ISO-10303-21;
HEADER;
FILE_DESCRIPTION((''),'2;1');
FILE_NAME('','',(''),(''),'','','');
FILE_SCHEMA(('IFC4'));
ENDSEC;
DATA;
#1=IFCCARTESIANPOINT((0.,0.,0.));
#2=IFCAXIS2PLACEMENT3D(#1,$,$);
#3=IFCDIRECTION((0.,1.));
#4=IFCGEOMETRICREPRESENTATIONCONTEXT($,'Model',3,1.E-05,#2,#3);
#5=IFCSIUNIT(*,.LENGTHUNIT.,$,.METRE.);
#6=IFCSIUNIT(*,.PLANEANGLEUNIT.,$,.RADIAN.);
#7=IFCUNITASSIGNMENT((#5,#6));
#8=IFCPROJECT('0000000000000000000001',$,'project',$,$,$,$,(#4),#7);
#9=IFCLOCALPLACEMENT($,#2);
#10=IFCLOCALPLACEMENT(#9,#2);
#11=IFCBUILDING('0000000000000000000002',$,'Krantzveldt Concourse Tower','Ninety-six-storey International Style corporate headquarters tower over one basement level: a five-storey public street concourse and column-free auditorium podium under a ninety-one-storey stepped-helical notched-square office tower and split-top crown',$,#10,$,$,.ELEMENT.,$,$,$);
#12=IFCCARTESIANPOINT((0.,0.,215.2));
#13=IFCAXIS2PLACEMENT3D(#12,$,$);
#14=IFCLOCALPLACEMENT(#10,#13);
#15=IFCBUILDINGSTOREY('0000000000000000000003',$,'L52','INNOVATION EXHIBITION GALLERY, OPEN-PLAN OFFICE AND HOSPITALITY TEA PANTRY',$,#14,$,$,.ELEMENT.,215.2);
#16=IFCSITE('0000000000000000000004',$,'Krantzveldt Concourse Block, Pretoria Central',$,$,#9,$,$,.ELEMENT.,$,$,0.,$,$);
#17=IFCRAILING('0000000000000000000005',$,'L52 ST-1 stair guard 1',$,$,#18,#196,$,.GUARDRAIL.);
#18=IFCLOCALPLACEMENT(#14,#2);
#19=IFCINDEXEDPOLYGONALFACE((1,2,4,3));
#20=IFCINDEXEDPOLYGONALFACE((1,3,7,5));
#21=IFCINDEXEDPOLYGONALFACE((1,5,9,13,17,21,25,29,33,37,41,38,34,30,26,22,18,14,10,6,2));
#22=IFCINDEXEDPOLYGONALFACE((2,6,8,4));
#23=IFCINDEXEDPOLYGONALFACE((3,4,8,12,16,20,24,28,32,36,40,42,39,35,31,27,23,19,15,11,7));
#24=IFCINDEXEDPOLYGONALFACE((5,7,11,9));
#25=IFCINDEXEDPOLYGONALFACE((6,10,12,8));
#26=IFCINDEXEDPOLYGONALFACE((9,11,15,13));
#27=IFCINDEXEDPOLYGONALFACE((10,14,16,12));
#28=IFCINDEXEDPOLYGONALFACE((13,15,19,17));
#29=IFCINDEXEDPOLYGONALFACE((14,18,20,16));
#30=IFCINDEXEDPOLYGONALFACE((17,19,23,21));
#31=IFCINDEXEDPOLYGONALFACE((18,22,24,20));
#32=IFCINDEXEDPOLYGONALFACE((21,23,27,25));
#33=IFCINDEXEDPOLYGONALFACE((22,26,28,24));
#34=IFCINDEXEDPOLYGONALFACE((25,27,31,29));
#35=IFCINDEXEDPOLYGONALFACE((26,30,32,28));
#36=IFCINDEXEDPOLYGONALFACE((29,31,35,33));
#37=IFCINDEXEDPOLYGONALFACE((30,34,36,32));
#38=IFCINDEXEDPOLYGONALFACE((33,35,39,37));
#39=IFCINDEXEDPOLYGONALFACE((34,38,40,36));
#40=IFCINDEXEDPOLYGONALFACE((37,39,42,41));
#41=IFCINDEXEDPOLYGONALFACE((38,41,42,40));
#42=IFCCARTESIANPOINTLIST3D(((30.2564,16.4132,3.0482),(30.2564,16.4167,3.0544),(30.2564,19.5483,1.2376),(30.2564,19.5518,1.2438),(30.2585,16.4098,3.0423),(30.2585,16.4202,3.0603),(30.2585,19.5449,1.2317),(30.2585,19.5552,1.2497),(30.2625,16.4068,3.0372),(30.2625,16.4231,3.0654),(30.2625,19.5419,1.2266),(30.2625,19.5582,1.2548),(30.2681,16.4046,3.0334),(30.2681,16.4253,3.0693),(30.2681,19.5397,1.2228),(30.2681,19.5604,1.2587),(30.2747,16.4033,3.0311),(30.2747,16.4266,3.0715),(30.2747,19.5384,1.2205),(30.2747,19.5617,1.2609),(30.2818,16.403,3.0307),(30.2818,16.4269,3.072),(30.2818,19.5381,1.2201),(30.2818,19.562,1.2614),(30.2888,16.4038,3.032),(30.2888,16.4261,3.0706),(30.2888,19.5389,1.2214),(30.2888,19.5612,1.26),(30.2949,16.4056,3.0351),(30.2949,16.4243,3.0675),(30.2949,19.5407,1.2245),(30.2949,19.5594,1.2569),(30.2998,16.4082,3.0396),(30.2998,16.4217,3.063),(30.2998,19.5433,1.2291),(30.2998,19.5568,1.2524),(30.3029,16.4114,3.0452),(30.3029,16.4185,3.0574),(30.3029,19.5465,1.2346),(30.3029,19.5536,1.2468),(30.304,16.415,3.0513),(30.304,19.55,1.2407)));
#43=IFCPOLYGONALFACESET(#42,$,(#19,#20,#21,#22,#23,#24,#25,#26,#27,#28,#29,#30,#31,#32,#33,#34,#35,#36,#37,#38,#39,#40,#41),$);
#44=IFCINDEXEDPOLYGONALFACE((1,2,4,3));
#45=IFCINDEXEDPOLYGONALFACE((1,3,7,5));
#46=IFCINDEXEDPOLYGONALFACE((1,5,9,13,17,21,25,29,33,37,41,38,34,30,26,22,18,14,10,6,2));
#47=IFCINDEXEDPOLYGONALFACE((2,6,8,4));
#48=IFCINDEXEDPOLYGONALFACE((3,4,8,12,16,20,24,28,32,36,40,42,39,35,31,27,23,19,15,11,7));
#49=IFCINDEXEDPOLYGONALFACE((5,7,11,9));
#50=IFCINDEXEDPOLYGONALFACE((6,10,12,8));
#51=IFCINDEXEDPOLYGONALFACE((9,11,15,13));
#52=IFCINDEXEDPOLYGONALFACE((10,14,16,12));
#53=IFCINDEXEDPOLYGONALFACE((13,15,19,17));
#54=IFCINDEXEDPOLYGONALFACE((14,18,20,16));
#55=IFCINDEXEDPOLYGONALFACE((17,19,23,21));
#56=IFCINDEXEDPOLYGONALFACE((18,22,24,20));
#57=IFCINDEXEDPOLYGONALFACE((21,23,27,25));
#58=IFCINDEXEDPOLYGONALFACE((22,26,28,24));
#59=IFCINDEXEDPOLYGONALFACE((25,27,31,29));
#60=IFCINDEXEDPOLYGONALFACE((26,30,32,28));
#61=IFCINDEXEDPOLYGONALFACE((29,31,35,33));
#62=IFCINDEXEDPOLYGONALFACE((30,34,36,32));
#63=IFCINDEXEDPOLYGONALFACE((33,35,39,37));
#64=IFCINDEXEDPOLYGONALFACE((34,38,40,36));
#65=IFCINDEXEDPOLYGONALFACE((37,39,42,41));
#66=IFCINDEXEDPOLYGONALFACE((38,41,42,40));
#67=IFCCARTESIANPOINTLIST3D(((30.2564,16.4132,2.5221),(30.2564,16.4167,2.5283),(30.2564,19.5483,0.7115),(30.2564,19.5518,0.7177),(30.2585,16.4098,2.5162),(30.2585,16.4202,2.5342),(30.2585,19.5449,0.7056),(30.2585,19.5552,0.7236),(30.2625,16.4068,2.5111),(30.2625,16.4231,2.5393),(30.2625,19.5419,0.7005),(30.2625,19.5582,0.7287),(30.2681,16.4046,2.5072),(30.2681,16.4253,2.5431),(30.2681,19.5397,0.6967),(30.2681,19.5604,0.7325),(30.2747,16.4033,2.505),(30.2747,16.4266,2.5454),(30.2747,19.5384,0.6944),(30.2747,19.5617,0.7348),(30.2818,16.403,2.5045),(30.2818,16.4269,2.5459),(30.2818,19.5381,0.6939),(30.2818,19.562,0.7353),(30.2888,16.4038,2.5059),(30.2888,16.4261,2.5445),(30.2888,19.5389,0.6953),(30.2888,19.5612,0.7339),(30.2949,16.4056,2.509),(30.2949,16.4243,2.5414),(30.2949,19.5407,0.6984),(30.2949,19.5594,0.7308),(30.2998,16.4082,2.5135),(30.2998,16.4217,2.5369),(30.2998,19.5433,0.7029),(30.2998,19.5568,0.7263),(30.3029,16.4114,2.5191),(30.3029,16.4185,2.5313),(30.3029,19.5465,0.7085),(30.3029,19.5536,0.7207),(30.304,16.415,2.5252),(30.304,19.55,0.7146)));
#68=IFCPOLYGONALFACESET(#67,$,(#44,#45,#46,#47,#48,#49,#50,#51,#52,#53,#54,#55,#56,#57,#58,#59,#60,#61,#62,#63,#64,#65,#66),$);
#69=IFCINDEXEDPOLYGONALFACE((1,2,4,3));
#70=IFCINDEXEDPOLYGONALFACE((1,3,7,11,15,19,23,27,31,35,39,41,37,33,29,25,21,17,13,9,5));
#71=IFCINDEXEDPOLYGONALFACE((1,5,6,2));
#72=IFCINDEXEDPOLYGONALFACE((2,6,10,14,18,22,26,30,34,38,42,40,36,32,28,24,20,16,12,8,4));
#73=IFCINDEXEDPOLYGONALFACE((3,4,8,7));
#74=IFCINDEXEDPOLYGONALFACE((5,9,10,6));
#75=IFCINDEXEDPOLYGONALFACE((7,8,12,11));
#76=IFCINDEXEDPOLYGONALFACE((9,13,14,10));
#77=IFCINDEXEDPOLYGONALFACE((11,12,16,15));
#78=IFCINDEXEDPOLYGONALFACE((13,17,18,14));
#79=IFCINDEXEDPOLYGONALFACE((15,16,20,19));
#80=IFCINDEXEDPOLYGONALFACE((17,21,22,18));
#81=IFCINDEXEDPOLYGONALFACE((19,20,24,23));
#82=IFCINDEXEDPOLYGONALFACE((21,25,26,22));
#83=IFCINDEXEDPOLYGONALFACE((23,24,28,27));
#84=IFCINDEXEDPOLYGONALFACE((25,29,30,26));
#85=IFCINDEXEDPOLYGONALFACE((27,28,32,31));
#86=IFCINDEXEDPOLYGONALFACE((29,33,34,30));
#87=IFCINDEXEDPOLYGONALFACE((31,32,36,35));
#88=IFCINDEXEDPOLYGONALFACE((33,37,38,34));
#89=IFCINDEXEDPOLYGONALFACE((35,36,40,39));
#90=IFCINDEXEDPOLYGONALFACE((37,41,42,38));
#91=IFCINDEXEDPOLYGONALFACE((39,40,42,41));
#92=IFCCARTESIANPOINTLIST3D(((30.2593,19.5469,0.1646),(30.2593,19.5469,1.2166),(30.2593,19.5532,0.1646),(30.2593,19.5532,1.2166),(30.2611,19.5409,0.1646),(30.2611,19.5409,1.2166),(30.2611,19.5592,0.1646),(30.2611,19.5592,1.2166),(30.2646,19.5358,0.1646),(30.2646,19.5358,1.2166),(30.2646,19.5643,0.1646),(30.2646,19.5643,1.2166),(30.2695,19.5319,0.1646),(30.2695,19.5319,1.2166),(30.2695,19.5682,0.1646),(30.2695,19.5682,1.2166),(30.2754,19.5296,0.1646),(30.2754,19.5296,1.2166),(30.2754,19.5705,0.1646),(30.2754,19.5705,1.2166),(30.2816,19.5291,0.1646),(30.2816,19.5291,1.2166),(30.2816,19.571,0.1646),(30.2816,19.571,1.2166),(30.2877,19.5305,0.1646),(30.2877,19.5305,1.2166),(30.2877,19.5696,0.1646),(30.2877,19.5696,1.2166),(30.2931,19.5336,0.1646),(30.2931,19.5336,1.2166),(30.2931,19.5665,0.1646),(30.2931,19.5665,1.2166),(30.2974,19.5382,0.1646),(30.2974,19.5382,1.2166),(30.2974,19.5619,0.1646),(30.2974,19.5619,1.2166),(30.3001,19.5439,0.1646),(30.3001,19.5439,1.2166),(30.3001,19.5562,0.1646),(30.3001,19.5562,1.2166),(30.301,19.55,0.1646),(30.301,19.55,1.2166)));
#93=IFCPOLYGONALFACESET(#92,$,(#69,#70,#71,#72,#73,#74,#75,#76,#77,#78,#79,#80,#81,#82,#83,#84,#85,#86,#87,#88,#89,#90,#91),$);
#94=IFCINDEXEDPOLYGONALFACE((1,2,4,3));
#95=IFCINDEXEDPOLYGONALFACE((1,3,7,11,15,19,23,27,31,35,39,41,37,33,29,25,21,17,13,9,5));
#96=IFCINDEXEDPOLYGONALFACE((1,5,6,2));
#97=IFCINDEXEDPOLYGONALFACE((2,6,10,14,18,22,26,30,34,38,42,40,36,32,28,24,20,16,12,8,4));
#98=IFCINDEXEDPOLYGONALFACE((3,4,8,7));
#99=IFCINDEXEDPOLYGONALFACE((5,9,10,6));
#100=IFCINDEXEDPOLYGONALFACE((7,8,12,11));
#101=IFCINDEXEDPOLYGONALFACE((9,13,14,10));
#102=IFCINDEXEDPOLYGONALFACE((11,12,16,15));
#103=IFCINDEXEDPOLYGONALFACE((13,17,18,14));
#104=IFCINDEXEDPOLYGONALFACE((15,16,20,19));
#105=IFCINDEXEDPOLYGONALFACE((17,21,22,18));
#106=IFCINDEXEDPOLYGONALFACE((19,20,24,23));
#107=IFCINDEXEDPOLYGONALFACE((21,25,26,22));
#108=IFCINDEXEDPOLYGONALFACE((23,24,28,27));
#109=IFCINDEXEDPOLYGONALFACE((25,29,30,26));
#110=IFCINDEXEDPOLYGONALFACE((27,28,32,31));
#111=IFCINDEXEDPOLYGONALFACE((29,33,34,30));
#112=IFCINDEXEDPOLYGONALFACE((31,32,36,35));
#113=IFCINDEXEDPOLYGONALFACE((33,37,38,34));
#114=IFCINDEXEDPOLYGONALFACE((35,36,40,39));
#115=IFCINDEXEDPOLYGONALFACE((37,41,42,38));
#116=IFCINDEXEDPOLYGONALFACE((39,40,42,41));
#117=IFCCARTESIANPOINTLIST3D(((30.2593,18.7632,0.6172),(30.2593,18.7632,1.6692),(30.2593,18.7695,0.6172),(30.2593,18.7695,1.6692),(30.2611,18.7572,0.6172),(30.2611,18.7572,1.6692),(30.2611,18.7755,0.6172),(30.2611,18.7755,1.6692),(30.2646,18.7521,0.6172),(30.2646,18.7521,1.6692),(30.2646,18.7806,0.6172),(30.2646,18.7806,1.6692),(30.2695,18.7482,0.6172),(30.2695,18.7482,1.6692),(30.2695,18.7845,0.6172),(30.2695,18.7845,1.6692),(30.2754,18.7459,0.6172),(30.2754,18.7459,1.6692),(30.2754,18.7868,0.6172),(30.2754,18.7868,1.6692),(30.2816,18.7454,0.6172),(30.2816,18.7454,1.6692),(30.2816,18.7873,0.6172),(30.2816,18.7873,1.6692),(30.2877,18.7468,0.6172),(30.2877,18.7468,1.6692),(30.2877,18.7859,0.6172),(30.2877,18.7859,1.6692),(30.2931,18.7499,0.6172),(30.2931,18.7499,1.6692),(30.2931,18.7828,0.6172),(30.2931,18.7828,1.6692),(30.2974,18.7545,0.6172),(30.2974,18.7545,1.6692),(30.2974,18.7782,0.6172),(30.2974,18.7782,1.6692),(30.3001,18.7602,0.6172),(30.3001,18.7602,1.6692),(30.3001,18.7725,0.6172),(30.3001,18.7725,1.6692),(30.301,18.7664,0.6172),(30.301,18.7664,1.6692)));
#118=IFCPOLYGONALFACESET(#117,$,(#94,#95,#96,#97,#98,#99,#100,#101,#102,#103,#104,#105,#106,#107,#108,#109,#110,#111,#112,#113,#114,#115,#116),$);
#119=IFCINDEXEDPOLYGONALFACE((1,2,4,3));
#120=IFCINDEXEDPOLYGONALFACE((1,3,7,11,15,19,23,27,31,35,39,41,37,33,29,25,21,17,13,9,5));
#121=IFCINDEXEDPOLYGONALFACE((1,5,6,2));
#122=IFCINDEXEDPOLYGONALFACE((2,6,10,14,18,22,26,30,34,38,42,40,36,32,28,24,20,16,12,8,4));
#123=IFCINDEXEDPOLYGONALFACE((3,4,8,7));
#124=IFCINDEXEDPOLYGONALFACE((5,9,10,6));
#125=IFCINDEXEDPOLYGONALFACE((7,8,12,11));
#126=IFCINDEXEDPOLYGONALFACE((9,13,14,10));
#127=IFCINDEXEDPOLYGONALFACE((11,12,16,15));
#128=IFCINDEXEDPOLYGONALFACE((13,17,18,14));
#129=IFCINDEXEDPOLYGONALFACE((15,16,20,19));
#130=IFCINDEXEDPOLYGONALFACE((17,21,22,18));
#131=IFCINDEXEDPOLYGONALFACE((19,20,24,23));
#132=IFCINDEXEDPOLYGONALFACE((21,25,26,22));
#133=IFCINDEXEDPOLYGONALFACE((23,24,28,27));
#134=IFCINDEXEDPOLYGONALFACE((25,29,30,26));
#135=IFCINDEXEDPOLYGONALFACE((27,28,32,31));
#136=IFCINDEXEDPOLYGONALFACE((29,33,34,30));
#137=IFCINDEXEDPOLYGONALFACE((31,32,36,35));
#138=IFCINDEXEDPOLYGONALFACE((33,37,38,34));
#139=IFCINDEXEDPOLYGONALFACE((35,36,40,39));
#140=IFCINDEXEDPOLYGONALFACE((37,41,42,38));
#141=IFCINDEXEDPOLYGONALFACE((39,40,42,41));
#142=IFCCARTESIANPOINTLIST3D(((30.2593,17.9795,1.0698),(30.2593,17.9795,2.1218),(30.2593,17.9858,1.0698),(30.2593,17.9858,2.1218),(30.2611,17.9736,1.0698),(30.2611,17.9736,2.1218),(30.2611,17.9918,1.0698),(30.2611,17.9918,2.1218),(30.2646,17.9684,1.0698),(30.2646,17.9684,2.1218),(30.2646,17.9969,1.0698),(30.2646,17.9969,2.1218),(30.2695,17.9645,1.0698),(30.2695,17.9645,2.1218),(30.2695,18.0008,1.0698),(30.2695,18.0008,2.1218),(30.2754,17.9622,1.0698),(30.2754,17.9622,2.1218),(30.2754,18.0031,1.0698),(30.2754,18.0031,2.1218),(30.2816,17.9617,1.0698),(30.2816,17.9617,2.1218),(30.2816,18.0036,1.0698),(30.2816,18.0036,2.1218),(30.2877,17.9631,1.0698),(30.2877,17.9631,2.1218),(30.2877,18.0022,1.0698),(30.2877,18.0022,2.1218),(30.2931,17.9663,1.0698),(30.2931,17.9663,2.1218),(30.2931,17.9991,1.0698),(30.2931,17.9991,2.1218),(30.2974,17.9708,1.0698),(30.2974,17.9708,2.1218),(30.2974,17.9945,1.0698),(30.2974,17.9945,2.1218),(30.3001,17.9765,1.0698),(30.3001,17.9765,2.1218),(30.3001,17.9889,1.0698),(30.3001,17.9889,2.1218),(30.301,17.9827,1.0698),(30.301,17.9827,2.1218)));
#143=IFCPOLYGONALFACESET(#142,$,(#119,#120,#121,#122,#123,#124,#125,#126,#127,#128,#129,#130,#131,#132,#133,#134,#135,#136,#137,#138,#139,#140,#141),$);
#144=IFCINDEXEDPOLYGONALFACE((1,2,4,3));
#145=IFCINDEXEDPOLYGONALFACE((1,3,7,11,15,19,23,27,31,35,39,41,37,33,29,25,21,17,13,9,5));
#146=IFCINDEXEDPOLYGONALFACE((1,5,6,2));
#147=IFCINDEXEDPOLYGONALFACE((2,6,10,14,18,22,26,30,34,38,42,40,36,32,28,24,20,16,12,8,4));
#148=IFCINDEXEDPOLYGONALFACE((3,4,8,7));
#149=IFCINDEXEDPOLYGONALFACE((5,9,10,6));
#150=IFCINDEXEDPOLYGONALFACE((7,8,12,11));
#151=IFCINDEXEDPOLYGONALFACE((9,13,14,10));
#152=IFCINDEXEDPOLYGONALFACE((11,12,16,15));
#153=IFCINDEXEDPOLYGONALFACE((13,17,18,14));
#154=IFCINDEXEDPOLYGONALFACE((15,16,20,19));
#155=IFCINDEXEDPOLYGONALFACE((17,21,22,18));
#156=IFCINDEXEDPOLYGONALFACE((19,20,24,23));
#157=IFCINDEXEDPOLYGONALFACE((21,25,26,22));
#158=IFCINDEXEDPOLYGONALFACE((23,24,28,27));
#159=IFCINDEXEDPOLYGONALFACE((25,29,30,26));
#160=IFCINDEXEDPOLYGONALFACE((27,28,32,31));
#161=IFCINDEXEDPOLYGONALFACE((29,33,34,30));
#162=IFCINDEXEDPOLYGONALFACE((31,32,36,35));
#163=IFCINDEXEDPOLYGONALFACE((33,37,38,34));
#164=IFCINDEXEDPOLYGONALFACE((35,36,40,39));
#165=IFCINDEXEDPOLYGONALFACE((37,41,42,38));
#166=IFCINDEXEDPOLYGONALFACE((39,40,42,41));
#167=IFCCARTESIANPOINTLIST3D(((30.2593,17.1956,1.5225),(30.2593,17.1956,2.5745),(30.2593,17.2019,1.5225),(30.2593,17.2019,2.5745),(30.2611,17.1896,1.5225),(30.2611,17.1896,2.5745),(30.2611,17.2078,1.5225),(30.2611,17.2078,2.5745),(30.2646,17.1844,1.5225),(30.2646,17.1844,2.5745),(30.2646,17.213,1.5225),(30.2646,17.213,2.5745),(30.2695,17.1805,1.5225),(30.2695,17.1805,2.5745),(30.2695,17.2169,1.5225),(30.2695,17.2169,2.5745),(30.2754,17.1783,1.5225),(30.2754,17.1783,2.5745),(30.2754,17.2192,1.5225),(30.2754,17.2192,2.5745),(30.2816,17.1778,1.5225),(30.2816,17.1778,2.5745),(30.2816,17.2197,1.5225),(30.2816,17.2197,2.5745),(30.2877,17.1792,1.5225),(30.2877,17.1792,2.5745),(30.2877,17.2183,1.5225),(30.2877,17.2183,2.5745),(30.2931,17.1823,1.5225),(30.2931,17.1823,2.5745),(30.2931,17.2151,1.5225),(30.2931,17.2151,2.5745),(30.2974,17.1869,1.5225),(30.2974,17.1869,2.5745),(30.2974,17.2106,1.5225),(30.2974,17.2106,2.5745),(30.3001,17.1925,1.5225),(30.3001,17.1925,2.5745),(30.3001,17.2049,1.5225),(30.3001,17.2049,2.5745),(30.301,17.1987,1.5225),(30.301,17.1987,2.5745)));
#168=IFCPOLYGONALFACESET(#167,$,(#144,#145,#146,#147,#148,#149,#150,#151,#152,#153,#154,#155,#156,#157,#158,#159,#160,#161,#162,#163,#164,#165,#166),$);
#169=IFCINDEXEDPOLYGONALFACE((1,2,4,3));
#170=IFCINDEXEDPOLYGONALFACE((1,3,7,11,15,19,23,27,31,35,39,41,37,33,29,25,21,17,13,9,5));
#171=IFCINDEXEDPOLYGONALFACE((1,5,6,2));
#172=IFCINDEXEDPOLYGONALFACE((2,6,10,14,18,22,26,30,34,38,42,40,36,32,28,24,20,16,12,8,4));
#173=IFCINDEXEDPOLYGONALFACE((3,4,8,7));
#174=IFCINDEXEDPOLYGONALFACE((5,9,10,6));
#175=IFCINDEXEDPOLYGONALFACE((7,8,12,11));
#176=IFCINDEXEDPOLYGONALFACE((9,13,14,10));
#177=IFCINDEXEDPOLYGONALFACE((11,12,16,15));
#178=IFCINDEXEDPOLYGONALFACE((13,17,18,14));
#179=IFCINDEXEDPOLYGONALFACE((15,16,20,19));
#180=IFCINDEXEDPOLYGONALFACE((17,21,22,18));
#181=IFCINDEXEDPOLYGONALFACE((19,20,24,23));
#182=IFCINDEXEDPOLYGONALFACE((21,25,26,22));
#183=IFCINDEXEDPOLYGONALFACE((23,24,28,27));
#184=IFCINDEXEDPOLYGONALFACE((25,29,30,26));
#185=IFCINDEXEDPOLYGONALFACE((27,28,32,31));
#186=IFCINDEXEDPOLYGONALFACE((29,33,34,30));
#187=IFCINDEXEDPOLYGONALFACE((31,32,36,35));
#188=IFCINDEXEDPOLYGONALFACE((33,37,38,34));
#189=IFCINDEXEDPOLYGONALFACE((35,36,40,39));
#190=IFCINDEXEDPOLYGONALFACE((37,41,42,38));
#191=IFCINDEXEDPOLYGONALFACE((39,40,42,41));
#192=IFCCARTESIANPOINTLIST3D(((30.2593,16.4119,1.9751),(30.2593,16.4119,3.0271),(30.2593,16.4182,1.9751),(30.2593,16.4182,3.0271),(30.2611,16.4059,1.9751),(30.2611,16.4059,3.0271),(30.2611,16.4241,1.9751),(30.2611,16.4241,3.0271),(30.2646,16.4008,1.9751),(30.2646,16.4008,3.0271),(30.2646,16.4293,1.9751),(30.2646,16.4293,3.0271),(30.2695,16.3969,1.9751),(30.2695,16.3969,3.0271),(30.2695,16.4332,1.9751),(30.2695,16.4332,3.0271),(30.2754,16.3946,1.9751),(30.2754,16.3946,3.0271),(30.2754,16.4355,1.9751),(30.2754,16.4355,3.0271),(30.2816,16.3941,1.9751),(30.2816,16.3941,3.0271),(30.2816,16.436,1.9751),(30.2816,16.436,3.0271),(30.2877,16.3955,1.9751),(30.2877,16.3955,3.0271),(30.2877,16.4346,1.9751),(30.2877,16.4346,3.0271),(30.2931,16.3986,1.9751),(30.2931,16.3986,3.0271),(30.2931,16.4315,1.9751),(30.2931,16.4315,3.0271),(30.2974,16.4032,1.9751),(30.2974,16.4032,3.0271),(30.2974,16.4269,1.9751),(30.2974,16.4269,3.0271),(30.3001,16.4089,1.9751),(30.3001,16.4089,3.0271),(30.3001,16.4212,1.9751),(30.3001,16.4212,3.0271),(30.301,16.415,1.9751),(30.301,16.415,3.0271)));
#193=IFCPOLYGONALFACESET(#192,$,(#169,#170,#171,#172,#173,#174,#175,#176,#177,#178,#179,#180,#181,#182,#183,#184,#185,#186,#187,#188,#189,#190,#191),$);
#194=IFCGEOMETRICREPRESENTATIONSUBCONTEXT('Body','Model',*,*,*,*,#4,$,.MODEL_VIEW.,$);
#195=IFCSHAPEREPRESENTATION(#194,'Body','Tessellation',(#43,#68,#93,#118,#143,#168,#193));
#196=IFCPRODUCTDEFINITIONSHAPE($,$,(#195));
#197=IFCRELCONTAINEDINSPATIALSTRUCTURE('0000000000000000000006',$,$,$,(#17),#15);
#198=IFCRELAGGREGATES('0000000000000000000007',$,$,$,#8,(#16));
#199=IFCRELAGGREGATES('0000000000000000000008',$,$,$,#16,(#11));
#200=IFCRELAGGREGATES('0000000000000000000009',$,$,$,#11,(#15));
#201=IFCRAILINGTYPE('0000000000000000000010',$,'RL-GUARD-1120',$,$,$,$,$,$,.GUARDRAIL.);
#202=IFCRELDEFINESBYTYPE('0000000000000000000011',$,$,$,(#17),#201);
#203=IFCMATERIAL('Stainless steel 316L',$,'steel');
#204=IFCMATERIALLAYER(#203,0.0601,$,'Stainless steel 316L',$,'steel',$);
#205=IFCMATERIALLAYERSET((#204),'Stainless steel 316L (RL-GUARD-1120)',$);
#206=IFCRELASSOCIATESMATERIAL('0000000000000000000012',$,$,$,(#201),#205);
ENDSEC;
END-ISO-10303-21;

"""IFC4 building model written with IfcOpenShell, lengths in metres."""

from ifc_helpers import new_model, si_unit, direction, frame, origin, origin_2d, place, context, subcontext, project, spatial, circle, extrude, material, layer, layer_set, type_object, element, save


model = new_model("IFC4")

# Units and contexts
model_context = context("Model", 3, precision=1e-05, world=origin(), true_north=direction((0.0, 1.0)))
body_context = subcontext(model_context, "Body", "Model", "MODEL_VIEW")
ifc_project = project(units=[si_unit("LENGTHUNIT", "METRE"), si_unit("PLANEANGLEUNIT", "RADIAN")], contexts=[model_context])

# Site, building, storey
site_placement = place(None, origin())
site = spatial("IfcSite", under=ifc_project, at=site_placement, Name="Krantzveldt Concourse Block, Pretoria Central", CompositionType="ELEMENT", RefElevation=0.0)
building_placement = place(site_placement, origin())
building = spatial("IfcBuilding", under=site, at=building_placement, Name="Krantzveldt Concourse Tower", Description="Ninety-six-storey International Style corporate headquarters tower over one basement level: a five-storey public street concourse and column-free auditorium podium under a ninety-one-storey stepped-helical notched-square office tower and split-top crown", CompositionType="ELEMENT")
storey_placement = place(building_placement, frame((0.0, 0.0, 215.2)))
storey = spatial("IfcBuildingStorey", under=building, at=storey_placement, Name="L52", Description="INNOVATION EXHIBITION GALLERY, OPEN-PLAN OFFICE AND HOSPITALITY TEA PANTRY", CompositionType="ELEMENT", Elevation=215.2)

# Shared definitions
ifc_material_1 = material(Name="Stainless steel 316L", Category="steel")

# Railing
ifc_layer_1 = layer(ifc_material_1, 0.0601, Name="Stainless steel 316L", Category="steel")
ifc_layer_set_1 = layer_set([ifc_layer_1], Name="Stainless steel 316L (RL-GUARD-1120)")
railing_type_1 = type_object("IfcRailingType", Name="RL-GUARD-1120", PredefinedType="GUARDRAIL", material=ifc_layer_set_1)
railing_1_placement = place(storey_placement, frame((30.28, 19.55, 0.1646)))
element("IfcRailing", 1, at=railing_1_placement, inside=storey, type_object=railing_type_1, Name="L52 ST-1 stair guard 1", PredefinedType="GUARDRAIL", context=body_context, shape_type="SweptSolid", body=[
    extrude(circle(Radius=0.0239, at=origin_2d()), frame((0.0, 0.0, 1.0762), z_axis=(0.0, -0.86596, 0.500114), x_axis=(1.0, 0.0, 0.0)), (0.0, 0.0, 1.0), 3.6204),
    extrude(circle(Radius=0.0239, at=origin_2d()), frame((0.0, 0.0, 0.55), z_axis=(0.0, -0.86596, 0.500114), x_axis=(1.0, 0.0, 0.0)), (0.0, 0.0, 1.0), 3.6204),
    extrude(circle(Radius=0.021, at=origin_2d()), origin(), (0.0, 0.0, 1.0), 1.052),
    extrude(circle(Radius=0.021, at=origin_2d()), frame((0.0, -0.7837, 0.4526)), (0.0, 0.0, 1.0), 1.052),
    extrude(circle(Radius=0.021, at=origin_2d()), frame((0.0, -1.5674, 0.9053)), (0.0, 0.0, 1.0), 1.052),
    extrude(circle(Radius=0.021, at=origin_2d()), frame((0.0, -2.3513, 1.3579)), (0.0, 0.0, 1.0), 1.052),
    extrude(circle(Radius=0.021, at=origin_2d()), frame((0.0, -3.135, 1.8105)), (0.0, 0.0, 1.0), 1.052),
])

save(model, "model.ifc")
